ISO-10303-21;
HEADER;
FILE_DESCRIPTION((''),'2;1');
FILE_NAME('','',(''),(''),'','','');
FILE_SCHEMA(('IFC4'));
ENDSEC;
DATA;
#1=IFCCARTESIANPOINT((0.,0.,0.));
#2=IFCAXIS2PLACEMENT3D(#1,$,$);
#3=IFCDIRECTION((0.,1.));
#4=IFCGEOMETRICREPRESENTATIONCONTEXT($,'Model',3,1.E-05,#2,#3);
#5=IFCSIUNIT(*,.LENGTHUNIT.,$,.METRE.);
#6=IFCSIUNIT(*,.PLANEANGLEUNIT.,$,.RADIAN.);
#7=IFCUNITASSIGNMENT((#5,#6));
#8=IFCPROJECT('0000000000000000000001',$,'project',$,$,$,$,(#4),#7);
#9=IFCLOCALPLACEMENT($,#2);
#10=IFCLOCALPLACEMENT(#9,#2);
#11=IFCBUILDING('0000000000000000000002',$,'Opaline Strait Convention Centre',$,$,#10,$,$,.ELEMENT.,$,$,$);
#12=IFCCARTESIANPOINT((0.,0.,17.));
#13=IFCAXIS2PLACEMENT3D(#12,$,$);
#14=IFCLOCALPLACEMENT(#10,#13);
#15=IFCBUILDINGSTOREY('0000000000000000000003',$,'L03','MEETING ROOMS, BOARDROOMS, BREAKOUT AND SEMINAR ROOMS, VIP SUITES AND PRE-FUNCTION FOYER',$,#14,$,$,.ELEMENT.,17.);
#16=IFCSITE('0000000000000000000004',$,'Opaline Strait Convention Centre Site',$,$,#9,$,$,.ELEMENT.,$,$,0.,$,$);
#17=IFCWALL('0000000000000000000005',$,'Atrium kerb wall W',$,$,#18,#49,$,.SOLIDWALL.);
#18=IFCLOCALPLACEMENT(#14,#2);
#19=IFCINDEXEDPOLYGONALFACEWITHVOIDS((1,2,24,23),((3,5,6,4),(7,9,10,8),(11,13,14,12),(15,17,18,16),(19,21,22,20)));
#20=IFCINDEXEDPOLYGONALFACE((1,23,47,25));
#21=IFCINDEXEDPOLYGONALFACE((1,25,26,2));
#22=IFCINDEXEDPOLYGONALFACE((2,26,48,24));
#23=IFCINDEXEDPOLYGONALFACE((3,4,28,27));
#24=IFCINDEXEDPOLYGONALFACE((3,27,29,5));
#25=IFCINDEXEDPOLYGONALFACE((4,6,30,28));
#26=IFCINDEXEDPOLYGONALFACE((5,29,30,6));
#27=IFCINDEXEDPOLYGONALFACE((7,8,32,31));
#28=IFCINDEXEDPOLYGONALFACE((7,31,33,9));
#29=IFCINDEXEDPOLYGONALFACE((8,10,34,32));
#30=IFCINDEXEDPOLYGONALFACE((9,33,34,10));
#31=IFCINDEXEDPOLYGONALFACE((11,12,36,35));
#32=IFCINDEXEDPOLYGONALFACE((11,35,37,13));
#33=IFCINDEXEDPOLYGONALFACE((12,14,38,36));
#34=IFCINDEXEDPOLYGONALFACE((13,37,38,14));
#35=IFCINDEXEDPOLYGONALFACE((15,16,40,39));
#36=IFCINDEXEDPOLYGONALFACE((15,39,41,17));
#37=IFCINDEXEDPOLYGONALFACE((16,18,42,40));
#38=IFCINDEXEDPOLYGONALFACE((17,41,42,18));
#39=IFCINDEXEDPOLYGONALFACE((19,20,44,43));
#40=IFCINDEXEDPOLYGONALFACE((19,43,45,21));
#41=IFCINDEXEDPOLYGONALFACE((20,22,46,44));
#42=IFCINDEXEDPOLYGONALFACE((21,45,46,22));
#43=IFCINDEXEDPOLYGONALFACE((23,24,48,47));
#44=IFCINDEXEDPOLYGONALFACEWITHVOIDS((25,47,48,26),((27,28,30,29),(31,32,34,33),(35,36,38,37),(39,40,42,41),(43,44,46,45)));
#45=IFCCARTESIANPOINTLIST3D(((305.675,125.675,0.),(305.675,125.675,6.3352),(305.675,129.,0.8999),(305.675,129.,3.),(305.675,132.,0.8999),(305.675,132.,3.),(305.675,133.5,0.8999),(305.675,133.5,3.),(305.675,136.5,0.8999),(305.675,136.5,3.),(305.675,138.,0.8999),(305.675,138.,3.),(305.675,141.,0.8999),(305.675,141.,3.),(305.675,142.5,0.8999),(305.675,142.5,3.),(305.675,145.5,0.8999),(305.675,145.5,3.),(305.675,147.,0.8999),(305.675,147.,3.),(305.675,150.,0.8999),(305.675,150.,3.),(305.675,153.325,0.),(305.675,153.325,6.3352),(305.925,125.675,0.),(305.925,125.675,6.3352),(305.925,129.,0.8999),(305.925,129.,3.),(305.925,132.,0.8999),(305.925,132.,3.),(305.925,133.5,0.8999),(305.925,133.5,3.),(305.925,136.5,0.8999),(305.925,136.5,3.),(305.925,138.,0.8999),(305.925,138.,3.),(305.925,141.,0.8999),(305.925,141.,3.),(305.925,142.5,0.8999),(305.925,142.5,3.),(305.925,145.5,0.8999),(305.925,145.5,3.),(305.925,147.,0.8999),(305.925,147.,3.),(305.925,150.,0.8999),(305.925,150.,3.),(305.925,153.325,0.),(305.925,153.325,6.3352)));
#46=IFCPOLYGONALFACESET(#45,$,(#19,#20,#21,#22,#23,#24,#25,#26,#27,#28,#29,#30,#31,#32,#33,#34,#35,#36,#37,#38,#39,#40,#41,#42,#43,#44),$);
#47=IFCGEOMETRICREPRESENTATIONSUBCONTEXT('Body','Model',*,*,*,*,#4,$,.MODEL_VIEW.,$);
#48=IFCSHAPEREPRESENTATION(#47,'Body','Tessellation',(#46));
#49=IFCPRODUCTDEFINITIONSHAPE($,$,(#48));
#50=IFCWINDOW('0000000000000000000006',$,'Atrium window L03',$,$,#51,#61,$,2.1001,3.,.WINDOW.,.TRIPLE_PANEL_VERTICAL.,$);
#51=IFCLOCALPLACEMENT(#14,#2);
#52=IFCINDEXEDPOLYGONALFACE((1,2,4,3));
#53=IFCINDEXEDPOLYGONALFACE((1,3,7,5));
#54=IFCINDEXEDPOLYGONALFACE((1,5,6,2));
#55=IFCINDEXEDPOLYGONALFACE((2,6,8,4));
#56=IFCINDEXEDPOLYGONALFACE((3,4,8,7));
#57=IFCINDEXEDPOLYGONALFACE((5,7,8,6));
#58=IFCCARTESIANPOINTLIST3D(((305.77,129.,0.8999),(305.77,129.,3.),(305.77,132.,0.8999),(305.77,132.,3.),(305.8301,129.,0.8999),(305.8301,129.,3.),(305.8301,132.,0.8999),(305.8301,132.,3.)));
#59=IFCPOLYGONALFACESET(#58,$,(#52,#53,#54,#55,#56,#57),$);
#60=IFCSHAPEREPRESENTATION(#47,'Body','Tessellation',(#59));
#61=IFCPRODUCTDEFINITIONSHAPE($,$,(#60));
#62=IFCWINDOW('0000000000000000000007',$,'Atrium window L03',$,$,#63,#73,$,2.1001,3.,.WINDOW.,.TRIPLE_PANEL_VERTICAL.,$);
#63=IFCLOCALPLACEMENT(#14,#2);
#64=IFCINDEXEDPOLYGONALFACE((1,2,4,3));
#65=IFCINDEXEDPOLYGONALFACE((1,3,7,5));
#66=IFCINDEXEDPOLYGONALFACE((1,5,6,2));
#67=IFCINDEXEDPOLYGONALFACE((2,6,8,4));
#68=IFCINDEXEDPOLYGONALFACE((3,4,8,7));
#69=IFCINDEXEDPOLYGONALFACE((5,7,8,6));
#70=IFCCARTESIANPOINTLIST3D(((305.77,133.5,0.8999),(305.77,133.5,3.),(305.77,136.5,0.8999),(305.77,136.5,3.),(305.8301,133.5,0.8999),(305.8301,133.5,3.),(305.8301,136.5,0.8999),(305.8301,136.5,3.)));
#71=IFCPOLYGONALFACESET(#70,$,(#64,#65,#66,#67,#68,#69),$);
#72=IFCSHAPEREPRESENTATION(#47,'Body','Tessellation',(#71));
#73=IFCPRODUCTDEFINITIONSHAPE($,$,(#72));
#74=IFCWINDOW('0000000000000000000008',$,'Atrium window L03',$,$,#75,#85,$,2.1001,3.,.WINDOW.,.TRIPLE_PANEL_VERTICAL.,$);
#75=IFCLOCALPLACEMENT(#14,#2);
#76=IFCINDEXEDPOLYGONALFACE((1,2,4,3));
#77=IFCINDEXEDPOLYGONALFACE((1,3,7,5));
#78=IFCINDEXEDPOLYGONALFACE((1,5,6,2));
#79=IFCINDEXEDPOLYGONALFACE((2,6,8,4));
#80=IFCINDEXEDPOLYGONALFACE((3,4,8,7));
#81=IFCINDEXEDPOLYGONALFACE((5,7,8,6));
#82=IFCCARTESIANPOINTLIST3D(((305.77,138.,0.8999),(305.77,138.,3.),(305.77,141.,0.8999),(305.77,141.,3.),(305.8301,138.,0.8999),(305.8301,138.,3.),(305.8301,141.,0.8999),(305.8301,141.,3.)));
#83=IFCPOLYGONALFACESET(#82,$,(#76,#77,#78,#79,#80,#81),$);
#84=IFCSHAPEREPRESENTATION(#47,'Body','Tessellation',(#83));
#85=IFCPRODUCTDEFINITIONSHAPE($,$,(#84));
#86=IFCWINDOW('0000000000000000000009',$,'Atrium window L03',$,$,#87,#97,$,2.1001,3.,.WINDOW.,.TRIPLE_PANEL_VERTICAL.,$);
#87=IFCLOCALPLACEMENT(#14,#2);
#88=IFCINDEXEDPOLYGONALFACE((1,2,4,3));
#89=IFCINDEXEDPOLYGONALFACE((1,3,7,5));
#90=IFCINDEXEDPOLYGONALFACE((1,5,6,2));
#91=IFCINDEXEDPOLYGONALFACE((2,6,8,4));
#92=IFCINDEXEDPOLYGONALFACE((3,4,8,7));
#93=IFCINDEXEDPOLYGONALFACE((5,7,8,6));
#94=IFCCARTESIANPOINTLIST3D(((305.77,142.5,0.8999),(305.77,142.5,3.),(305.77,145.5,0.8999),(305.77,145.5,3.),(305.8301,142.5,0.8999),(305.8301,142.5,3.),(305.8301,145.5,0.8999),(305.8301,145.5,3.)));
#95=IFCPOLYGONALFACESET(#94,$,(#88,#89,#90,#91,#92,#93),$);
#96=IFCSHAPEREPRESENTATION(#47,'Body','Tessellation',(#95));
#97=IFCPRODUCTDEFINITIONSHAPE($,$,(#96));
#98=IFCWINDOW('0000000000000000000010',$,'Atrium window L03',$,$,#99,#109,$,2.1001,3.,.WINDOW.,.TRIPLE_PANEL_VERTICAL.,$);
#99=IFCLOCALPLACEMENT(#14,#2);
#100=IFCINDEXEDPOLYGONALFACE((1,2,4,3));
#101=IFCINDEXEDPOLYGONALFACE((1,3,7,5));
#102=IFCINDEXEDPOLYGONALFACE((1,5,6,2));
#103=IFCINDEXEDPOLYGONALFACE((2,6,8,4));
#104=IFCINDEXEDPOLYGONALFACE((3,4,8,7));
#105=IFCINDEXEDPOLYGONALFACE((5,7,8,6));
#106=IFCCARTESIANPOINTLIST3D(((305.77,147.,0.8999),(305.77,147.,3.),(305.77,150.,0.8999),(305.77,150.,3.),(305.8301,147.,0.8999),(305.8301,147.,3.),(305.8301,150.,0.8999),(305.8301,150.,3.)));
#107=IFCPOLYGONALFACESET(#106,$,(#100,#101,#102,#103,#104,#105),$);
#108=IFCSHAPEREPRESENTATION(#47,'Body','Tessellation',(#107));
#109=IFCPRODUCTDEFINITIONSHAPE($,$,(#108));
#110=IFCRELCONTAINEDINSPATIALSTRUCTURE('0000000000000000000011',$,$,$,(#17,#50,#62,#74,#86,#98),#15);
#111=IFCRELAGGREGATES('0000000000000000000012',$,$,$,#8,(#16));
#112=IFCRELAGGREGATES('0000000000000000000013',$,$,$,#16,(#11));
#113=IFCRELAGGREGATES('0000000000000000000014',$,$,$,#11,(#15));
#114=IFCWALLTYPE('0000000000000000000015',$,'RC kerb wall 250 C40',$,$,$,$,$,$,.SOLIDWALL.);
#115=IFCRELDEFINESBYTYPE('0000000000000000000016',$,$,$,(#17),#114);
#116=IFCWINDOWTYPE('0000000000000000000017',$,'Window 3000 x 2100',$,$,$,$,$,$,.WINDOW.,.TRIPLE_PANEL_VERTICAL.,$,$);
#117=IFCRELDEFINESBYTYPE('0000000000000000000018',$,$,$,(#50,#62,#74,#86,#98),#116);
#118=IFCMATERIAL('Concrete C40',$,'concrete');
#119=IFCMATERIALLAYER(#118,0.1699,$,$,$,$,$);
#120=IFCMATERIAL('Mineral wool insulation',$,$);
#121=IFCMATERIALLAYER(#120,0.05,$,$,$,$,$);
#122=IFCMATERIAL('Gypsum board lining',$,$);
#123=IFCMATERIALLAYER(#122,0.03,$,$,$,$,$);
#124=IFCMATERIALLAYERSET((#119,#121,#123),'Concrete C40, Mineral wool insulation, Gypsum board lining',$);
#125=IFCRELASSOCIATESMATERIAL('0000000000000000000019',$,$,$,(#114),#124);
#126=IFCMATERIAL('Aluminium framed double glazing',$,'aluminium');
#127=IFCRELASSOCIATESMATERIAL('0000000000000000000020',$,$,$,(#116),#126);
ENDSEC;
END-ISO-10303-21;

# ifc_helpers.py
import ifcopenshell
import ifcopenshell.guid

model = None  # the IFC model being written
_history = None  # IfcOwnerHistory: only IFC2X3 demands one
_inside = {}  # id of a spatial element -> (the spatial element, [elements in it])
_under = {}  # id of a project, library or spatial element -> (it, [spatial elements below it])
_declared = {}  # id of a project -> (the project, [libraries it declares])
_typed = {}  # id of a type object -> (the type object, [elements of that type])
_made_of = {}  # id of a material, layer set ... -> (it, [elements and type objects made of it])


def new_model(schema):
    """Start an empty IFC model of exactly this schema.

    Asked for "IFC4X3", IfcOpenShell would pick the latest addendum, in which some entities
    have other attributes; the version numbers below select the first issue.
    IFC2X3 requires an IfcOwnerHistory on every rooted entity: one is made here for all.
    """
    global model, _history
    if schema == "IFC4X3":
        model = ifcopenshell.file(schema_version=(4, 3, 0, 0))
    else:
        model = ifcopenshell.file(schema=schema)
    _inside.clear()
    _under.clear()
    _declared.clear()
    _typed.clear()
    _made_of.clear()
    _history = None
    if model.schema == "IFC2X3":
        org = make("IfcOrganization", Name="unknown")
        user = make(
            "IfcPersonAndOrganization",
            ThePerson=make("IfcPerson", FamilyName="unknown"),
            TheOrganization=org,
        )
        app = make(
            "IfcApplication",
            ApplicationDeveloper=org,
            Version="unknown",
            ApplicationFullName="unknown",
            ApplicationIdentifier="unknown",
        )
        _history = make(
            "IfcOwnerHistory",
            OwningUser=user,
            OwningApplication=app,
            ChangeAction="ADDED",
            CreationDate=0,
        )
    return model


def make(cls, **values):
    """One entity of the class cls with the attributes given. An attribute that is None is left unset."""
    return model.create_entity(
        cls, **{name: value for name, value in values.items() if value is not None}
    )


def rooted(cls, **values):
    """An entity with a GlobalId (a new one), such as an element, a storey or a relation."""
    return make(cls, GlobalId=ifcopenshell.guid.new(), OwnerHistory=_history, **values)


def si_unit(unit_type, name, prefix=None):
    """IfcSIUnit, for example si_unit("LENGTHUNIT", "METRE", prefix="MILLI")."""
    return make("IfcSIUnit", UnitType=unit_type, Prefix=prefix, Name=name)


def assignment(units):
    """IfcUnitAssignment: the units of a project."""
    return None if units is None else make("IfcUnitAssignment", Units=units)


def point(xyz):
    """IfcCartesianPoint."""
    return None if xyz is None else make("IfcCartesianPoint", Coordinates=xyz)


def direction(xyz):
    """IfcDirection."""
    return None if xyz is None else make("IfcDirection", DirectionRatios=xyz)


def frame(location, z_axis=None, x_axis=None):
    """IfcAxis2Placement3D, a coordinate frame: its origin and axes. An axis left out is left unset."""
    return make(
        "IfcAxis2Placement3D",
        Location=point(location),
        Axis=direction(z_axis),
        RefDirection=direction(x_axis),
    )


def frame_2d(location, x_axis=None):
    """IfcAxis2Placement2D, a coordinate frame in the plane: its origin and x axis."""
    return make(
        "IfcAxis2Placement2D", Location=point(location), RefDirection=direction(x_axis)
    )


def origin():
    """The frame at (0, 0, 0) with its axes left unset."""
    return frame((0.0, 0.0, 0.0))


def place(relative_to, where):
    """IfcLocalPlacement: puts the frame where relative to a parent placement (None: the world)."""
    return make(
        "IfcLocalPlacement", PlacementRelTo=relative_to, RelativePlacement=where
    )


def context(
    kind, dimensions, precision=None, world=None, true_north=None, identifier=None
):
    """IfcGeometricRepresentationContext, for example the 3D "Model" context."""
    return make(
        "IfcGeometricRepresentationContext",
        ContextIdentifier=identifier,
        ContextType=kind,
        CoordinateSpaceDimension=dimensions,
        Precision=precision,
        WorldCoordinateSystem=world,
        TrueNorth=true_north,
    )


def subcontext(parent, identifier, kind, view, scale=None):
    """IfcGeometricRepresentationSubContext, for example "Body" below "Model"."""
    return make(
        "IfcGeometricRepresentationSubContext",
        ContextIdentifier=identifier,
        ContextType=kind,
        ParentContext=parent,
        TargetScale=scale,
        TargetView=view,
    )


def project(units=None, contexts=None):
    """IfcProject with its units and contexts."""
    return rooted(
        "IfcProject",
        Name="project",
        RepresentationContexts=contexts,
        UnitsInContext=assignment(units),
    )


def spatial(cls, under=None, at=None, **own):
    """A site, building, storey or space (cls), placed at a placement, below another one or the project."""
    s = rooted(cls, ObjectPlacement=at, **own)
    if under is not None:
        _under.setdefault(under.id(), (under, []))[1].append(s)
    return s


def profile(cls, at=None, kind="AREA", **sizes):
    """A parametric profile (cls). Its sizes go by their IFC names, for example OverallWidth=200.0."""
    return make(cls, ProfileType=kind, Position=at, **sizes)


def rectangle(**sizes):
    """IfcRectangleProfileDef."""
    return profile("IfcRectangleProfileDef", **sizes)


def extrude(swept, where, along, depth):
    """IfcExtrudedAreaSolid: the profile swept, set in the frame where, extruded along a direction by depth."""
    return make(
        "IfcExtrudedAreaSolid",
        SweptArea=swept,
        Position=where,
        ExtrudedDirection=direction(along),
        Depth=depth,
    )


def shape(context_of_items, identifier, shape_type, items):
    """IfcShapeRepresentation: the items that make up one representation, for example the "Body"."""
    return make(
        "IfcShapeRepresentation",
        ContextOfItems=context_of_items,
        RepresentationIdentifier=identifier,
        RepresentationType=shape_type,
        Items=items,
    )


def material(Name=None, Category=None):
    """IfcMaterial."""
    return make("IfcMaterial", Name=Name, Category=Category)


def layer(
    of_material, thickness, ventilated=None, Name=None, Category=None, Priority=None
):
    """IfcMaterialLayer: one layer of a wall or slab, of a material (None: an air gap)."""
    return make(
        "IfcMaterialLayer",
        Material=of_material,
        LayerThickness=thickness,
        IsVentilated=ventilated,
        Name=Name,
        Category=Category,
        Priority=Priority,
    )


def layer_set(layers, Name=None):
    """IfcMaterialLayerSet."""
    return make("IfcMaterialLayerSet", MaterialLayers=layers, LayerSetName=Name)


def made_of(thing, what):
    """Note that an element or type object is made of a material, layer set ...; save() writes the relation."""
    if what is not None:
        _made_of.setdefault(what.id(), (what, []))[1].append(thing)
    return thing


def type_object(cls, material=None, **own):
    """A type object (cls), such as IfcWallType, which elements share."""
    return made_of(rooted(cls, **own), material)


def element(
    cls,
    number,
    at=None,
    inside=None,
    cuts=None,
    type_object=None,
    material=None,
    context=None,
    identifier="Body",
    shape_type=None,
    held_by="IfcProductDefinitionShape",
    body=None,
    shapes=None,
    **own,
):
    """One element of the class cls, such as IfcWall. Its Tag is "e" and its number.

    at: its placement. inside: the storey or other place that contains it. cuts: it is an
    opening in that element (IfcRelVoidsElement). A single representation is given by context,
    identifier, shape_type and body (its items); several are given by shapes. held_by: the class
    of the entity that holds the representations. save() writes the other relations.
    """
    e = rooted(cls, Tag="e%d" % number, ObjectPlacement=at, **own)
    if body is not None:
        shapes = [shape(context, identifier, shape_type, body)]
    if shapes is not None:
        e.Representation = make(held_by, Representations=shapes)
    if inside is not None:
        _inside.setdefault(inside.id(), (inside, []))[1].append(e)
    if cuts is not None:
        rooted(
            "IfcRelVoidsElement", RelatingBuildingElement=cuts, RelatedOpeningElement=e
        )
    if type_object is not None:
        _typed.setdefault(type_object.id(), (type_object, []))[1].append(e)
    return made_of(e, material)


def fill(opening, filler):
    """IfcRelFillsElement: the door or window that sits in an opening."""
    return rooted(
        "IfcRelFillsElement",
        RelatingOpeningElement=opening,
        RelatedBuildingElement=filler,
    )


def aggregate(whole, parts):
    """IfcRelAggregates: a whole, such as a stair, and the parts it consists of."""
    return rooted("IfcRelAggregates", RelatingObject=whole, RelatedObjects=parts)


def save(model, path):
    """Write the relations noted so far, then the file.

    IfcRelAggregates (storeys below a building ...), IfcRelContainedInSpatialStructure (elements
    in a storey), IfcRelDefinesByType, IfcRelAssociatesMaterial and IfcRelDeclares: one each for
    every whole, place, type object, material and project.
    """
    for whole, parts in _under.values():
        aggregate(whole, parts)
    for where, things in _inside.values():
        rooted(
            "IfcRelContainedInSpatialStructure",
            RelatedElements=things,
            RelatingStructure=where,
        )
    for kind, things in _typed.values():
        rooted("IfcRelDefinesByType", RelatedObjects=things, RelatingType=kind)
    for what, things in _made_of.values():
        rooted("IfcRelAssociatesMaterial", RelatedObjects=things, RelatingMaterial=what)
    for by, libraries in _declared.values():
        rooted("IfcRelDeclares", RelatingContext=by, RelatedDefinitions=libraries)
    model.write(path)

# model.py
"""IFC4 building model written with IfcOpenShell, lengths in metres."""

from ifc_helpers import new_model, si_unit, direction, frame, frame_2d, origin, place, context, subcontext, project, spatial, rectangle, extrude, material, layer, layer_set, type_object, element, fill, save


model = new_model("IFC4")

# Units and contexts
model_context = context("Model", 3, precision=1e-05, world=origin(), true_north=direction((0.0, 1.0)))
body_context = subcontext(model_context, "Body", "Model", "MODEL_VIEW")
ifc_project = project(units=[si_unit("LENGTHUNIT", "METRE"), si_unit("PLANEANGLEUNIT", "RADIAN")], contexts=[model_context])

# Site, building, storey
site_placement = place(None, origin())
site = spatial("IfcSite", under=ifc_project, at=site_placement, Name="Opaline Strait Convention Centre Site", CompositionType="ELEMENT", RefElevation=0.0)
building_placement = place(site_placement, origin())
building = spatial("IfcBuilding", under=site, at=building_placement, Name="Opaline Strait Convention Centre", CompositionType="ELEMENT")
storey_placement = place(building_placement, frame((0.0, 0.0, 17.0)))
storey = spatial("IfcBuildingStorey", under=building, at=storey_placement, Name="L03", Description="MEETING ROOMS, BOARDROOMS, BREAKOUT AND SEMINAR ROOMS, VIP SUITES AND PRE-FUNCTION FOYER", CompositionType="ELEMENT", Elevation=17.0)

# Wall, openings, windows
ifc_material_1 = material(Name="Concrete C40", Category="concrete")
ifc_layer_1 = layer(ifc_material_1, 0.1699)
ifc_material_2 = material(Name="Mineral wool insulation")
ifc_layer_2 = layer(ifc_material_2, 0.05)
ifc_material_3 = material(Name="Gypsum board lining")
ifc_layer_3 = layer(ifc_material_3, 0.03)
ifc_layer_set_1 = layer_set([ifc_layer_1, ifc_layer_2, ifc_layer_3], Name="Concrete C40, Mineral wool insulation, Gypsum board lining")
wall_type_1 = type_object("IfcWallType", Name="RC kerb wall 250 C40", PredefinedType="SOLIDWALL", material=ifc_layer_set_1)
wall_1_placement = place(storey_placement, frame((305.8, 125.675, 0.0), z_axis=(0.0, 0.0, 1.0), x_axis=(0.0, 1.0, 0.0)))
wall_1 = element("IfcWall", 1, at=wall_1_placement, inside=storey, type_object=wall_type_1, Name="Atrium kerb wall W", PredefinedType="SOLIDWALL", context=body_context, shape_type="SweptSolid", body=[
    extrude(rectangle(XDim=27.6499, YDim=0.25, at=frame_2d((13.825, 0.0))), origin(), (0.0, 0.0, 1.0), 6.3352),
])
opening_1_placement = place(wall_1_placement, frame((3.325, 0.0, 0.8999)))
opening_1 = element("IfcOpeningElement", 2, at=opening_1_placement, cuts=wall_1, PredefinedType="OPENING", context=body_context, shape_type="SweptSolid", body=[
    extrude(rectangle(XDim=3.0, YDim=2.1001, at=frame_2d((1.5, 1.05))), frame((0.0, 0.135, 0.0), z_axis=(0.0, -1.0, 0.0), x_axis=(1.0, 0.0, 0.0)), (0.0, 0.0, 1.0), 0.27),
])
opening_2_placement = place(wall_1_placement, frame((7.825, 0.0, 0.8999)))
opening_2 = element("IfcOpeningElement", 3, at=opening_2_placement, cuts=wall_1, PredefinedType="OPENING", context=body_context, shape_type="SweptSolid", body=[
    extrude(rectangle(XDim=3.0, YDim=2.1001, at=frame_2d((1.5, 1.05))), frame((0.0, 0.135, 0.0), z_axis=(0.0, -1.0, 0.0), x_axis=(1.0, 0.0, 0.0)), (0.0, 0.0, 1.0), 0.27),
])
opening_3_placement = place(wall_1_placement, frame((12.325, 0.0, 0.8999)))
opening_3 = element("IfcOpeningElement", 4, at=opening_3_placement, cuts=wall_1, PredefinedType="OPENING", context=body_context, shape_type="SweptSolid", body=[
    extrude(rectangle(XDim=3.0, YDim=2.1001, at=frame_2d((1.5, 1.05))), frame((0.0, 0.135, 0.0), z_axis=(0.0, -1.0, 0.0), x_axis=(1.0, 0.0, 0.0)), (0.0, 0.0, 1.0), 0.27),
])
opening_4_placement = place(wall_1_placement, frame((16.825, 0.0, 0.8999)))
opening_4 = element("IfcOpeningElement", 5, at=opening_4_placement, cuts=wall_1, PredefinedType="OPENING", context=body_context, shape_type="SweptSolid", body=[
    extrude(rectangle(XDim=3.0, YDim=2.1001, at=frame_2d((1.5, 1.05))), frame((0.0, 0.135, 0.0), z_axis=(0.0, -1.0, 0.0), x_axis=(1.0, 0.0, 0.0)), (0.0, 0.0, 1.0), 0.27),
])
opening_5_placement = place(wall_1_placement, frame((21.325, 0.0, 0.8999)))
opening_5 = element("IfcOpeningElement", 6, at=opening_5_placement, cuts=wall_1, PredefinedType="OPENING", context=body_context, shape_type="SweptSolid", body=[
    extrude(rectangle(XDim=3.0, YDim=2.1001, at=frame_2d((1.5, 1.05))), frame((0.0, 0.135, 0.0), z_axis=(0.0, -1.0, 0.0), x_axis=(1.0, 0.0, 0.0)), (0.0, 0.0, 1.0), 0.27),
])
ifc_material_4 = material(Name="Aluminium framed double glazing", Category="aluminium")
window_type = type_object("IfcWindowType", Name="Window 3000 x 2100", PartitioningType="TRIPLE_PANEL_VERTICAL", PredefinedType="WINDOW", material=ifc_material_4)
window_1_placement = place(opening_1_placement, origin())
window_1 = element("IfcWindow", 7, at=window_1_placement, inside=storey, type_object=window_type, Name="Atrium window L03", OverallHeight=2.1001, OverallWidth=3.0, PartitioningType="TRIPLE_PANEL_VERTICAL", PredefinedType="WINDOW", context=body_context, shape_type="SweptSolid", body=[
    extrude(rectangle(XDim=3.0, YDim=2.1001, at=frame_2d((1.5, 1.05))), frame((0.0, 0.03, 0.0), z_axis=(0.0, -1.0, 0.0), x_axis=(1.0, 0.0, 0.0)), (0.0, 0.0, 1.0), 0.0601),
])
fill(opening_1, window_1)
window_2_placement = place(opening_2_placement, origin())
window_2 = element("IfcWindow", 8, at=window_2_placement, inside=storey, type_object=window_type, Name="Atrium window L03", OverallHeight=2.1001, OverallWidth=3.0, PartitioningType="TRIPLE_PANEL_VERTICAL", PredefinedType="WINDOW", context=body_context, shape_type="SweptSolid", body=[
    extrude(rectangle(XDim=3.0, YDim=2.1001, at=frame_2d((1.5, 1.05))), frame((0.0, 0.03, 0.0), z_axis=(0.0, -1.0, 0.0), x_axis=(1.0, 0.0, 0.0)), (0.0, 0.0, 1.0), 0.0601),
])
fill(opening_2, window_2)
window_3_placement = place(opening_3_placement, origin())
window_3 = element("IfcWindow", 9, at=window_3_placement, inside=storey, type_object=window_type, Name="Atrium window L03", OverallHeight=2.1001, OverallWidth=3.0, PartitioningType="TRIPLE_PANEL_VERTICAL", PredefinedType="WINDOW", context=body_context, shape_type="SweptSolid", body=[
    extrude(rectangle(XDim=3.0, YDim=2.1001, at=frame_2d((1.5, 1.05))), frame((0.0, 0.03, 0.0), z_axis=(0.0, -1.0, 0.0), x_axis=(1.0, 0.0, 0.0)), (0.0, 0.0, 1.0), 0.0601),
])
fill(opening_3, window_3)
window_4_placement = place(opening_4_placement, origin())
window_4 = element("IfcWindow", 10, at=window_4_placement, inside=storey, type_object=window_type, Name="Atrium window L03", OverallHeight=2.1001, OverallWidth=3.0, PartitioningType="TRIPLE_PANEL_VERTICAL", PredefinedType="WINDOW", context=body_context, shape_type="SweptSolid", body=[
    extrude(rectangle(XDim=3.0, YDim=2.1001, at=frame_2d((1.5, 1.05))), frame((0.0, 0.03, 0.0), z_axis=(0.0, -1.0, 0.0), x_axis=(1.0, 0.0, 0.0)), (0.0, 0.0, 1.0), 0.0601),
])
fill(opening_4, window_4)
window_5_placement = place(opening_5_placement, origin())
window_5 = element("IfcWindow", 11, at=window_5_placement, inside=storey, type_object=window_type, Name="Atrium window L03", OverallHeight=2.1001, OverallWidth=3.0, PartitioningType="TRIPLE_PANEL_VERTICAL", PredefinedType="WINDOW", context=body_context, shape_type="SweptSolid", body=[
    extrude(rectangle(XDim=3.0, YDim=2.1001, at=frame_2d((1.5, 1.05))), frame((0.0, 0.03, 0.0), z_axis=(0.0, -1.0, 0.0), x_axis=(1.0, 0.0, 0.0)), (0.0, 0.0, 1.0), 0.0601),
])
fill(opening_5, window_5)

save(model, "model.ifc")
